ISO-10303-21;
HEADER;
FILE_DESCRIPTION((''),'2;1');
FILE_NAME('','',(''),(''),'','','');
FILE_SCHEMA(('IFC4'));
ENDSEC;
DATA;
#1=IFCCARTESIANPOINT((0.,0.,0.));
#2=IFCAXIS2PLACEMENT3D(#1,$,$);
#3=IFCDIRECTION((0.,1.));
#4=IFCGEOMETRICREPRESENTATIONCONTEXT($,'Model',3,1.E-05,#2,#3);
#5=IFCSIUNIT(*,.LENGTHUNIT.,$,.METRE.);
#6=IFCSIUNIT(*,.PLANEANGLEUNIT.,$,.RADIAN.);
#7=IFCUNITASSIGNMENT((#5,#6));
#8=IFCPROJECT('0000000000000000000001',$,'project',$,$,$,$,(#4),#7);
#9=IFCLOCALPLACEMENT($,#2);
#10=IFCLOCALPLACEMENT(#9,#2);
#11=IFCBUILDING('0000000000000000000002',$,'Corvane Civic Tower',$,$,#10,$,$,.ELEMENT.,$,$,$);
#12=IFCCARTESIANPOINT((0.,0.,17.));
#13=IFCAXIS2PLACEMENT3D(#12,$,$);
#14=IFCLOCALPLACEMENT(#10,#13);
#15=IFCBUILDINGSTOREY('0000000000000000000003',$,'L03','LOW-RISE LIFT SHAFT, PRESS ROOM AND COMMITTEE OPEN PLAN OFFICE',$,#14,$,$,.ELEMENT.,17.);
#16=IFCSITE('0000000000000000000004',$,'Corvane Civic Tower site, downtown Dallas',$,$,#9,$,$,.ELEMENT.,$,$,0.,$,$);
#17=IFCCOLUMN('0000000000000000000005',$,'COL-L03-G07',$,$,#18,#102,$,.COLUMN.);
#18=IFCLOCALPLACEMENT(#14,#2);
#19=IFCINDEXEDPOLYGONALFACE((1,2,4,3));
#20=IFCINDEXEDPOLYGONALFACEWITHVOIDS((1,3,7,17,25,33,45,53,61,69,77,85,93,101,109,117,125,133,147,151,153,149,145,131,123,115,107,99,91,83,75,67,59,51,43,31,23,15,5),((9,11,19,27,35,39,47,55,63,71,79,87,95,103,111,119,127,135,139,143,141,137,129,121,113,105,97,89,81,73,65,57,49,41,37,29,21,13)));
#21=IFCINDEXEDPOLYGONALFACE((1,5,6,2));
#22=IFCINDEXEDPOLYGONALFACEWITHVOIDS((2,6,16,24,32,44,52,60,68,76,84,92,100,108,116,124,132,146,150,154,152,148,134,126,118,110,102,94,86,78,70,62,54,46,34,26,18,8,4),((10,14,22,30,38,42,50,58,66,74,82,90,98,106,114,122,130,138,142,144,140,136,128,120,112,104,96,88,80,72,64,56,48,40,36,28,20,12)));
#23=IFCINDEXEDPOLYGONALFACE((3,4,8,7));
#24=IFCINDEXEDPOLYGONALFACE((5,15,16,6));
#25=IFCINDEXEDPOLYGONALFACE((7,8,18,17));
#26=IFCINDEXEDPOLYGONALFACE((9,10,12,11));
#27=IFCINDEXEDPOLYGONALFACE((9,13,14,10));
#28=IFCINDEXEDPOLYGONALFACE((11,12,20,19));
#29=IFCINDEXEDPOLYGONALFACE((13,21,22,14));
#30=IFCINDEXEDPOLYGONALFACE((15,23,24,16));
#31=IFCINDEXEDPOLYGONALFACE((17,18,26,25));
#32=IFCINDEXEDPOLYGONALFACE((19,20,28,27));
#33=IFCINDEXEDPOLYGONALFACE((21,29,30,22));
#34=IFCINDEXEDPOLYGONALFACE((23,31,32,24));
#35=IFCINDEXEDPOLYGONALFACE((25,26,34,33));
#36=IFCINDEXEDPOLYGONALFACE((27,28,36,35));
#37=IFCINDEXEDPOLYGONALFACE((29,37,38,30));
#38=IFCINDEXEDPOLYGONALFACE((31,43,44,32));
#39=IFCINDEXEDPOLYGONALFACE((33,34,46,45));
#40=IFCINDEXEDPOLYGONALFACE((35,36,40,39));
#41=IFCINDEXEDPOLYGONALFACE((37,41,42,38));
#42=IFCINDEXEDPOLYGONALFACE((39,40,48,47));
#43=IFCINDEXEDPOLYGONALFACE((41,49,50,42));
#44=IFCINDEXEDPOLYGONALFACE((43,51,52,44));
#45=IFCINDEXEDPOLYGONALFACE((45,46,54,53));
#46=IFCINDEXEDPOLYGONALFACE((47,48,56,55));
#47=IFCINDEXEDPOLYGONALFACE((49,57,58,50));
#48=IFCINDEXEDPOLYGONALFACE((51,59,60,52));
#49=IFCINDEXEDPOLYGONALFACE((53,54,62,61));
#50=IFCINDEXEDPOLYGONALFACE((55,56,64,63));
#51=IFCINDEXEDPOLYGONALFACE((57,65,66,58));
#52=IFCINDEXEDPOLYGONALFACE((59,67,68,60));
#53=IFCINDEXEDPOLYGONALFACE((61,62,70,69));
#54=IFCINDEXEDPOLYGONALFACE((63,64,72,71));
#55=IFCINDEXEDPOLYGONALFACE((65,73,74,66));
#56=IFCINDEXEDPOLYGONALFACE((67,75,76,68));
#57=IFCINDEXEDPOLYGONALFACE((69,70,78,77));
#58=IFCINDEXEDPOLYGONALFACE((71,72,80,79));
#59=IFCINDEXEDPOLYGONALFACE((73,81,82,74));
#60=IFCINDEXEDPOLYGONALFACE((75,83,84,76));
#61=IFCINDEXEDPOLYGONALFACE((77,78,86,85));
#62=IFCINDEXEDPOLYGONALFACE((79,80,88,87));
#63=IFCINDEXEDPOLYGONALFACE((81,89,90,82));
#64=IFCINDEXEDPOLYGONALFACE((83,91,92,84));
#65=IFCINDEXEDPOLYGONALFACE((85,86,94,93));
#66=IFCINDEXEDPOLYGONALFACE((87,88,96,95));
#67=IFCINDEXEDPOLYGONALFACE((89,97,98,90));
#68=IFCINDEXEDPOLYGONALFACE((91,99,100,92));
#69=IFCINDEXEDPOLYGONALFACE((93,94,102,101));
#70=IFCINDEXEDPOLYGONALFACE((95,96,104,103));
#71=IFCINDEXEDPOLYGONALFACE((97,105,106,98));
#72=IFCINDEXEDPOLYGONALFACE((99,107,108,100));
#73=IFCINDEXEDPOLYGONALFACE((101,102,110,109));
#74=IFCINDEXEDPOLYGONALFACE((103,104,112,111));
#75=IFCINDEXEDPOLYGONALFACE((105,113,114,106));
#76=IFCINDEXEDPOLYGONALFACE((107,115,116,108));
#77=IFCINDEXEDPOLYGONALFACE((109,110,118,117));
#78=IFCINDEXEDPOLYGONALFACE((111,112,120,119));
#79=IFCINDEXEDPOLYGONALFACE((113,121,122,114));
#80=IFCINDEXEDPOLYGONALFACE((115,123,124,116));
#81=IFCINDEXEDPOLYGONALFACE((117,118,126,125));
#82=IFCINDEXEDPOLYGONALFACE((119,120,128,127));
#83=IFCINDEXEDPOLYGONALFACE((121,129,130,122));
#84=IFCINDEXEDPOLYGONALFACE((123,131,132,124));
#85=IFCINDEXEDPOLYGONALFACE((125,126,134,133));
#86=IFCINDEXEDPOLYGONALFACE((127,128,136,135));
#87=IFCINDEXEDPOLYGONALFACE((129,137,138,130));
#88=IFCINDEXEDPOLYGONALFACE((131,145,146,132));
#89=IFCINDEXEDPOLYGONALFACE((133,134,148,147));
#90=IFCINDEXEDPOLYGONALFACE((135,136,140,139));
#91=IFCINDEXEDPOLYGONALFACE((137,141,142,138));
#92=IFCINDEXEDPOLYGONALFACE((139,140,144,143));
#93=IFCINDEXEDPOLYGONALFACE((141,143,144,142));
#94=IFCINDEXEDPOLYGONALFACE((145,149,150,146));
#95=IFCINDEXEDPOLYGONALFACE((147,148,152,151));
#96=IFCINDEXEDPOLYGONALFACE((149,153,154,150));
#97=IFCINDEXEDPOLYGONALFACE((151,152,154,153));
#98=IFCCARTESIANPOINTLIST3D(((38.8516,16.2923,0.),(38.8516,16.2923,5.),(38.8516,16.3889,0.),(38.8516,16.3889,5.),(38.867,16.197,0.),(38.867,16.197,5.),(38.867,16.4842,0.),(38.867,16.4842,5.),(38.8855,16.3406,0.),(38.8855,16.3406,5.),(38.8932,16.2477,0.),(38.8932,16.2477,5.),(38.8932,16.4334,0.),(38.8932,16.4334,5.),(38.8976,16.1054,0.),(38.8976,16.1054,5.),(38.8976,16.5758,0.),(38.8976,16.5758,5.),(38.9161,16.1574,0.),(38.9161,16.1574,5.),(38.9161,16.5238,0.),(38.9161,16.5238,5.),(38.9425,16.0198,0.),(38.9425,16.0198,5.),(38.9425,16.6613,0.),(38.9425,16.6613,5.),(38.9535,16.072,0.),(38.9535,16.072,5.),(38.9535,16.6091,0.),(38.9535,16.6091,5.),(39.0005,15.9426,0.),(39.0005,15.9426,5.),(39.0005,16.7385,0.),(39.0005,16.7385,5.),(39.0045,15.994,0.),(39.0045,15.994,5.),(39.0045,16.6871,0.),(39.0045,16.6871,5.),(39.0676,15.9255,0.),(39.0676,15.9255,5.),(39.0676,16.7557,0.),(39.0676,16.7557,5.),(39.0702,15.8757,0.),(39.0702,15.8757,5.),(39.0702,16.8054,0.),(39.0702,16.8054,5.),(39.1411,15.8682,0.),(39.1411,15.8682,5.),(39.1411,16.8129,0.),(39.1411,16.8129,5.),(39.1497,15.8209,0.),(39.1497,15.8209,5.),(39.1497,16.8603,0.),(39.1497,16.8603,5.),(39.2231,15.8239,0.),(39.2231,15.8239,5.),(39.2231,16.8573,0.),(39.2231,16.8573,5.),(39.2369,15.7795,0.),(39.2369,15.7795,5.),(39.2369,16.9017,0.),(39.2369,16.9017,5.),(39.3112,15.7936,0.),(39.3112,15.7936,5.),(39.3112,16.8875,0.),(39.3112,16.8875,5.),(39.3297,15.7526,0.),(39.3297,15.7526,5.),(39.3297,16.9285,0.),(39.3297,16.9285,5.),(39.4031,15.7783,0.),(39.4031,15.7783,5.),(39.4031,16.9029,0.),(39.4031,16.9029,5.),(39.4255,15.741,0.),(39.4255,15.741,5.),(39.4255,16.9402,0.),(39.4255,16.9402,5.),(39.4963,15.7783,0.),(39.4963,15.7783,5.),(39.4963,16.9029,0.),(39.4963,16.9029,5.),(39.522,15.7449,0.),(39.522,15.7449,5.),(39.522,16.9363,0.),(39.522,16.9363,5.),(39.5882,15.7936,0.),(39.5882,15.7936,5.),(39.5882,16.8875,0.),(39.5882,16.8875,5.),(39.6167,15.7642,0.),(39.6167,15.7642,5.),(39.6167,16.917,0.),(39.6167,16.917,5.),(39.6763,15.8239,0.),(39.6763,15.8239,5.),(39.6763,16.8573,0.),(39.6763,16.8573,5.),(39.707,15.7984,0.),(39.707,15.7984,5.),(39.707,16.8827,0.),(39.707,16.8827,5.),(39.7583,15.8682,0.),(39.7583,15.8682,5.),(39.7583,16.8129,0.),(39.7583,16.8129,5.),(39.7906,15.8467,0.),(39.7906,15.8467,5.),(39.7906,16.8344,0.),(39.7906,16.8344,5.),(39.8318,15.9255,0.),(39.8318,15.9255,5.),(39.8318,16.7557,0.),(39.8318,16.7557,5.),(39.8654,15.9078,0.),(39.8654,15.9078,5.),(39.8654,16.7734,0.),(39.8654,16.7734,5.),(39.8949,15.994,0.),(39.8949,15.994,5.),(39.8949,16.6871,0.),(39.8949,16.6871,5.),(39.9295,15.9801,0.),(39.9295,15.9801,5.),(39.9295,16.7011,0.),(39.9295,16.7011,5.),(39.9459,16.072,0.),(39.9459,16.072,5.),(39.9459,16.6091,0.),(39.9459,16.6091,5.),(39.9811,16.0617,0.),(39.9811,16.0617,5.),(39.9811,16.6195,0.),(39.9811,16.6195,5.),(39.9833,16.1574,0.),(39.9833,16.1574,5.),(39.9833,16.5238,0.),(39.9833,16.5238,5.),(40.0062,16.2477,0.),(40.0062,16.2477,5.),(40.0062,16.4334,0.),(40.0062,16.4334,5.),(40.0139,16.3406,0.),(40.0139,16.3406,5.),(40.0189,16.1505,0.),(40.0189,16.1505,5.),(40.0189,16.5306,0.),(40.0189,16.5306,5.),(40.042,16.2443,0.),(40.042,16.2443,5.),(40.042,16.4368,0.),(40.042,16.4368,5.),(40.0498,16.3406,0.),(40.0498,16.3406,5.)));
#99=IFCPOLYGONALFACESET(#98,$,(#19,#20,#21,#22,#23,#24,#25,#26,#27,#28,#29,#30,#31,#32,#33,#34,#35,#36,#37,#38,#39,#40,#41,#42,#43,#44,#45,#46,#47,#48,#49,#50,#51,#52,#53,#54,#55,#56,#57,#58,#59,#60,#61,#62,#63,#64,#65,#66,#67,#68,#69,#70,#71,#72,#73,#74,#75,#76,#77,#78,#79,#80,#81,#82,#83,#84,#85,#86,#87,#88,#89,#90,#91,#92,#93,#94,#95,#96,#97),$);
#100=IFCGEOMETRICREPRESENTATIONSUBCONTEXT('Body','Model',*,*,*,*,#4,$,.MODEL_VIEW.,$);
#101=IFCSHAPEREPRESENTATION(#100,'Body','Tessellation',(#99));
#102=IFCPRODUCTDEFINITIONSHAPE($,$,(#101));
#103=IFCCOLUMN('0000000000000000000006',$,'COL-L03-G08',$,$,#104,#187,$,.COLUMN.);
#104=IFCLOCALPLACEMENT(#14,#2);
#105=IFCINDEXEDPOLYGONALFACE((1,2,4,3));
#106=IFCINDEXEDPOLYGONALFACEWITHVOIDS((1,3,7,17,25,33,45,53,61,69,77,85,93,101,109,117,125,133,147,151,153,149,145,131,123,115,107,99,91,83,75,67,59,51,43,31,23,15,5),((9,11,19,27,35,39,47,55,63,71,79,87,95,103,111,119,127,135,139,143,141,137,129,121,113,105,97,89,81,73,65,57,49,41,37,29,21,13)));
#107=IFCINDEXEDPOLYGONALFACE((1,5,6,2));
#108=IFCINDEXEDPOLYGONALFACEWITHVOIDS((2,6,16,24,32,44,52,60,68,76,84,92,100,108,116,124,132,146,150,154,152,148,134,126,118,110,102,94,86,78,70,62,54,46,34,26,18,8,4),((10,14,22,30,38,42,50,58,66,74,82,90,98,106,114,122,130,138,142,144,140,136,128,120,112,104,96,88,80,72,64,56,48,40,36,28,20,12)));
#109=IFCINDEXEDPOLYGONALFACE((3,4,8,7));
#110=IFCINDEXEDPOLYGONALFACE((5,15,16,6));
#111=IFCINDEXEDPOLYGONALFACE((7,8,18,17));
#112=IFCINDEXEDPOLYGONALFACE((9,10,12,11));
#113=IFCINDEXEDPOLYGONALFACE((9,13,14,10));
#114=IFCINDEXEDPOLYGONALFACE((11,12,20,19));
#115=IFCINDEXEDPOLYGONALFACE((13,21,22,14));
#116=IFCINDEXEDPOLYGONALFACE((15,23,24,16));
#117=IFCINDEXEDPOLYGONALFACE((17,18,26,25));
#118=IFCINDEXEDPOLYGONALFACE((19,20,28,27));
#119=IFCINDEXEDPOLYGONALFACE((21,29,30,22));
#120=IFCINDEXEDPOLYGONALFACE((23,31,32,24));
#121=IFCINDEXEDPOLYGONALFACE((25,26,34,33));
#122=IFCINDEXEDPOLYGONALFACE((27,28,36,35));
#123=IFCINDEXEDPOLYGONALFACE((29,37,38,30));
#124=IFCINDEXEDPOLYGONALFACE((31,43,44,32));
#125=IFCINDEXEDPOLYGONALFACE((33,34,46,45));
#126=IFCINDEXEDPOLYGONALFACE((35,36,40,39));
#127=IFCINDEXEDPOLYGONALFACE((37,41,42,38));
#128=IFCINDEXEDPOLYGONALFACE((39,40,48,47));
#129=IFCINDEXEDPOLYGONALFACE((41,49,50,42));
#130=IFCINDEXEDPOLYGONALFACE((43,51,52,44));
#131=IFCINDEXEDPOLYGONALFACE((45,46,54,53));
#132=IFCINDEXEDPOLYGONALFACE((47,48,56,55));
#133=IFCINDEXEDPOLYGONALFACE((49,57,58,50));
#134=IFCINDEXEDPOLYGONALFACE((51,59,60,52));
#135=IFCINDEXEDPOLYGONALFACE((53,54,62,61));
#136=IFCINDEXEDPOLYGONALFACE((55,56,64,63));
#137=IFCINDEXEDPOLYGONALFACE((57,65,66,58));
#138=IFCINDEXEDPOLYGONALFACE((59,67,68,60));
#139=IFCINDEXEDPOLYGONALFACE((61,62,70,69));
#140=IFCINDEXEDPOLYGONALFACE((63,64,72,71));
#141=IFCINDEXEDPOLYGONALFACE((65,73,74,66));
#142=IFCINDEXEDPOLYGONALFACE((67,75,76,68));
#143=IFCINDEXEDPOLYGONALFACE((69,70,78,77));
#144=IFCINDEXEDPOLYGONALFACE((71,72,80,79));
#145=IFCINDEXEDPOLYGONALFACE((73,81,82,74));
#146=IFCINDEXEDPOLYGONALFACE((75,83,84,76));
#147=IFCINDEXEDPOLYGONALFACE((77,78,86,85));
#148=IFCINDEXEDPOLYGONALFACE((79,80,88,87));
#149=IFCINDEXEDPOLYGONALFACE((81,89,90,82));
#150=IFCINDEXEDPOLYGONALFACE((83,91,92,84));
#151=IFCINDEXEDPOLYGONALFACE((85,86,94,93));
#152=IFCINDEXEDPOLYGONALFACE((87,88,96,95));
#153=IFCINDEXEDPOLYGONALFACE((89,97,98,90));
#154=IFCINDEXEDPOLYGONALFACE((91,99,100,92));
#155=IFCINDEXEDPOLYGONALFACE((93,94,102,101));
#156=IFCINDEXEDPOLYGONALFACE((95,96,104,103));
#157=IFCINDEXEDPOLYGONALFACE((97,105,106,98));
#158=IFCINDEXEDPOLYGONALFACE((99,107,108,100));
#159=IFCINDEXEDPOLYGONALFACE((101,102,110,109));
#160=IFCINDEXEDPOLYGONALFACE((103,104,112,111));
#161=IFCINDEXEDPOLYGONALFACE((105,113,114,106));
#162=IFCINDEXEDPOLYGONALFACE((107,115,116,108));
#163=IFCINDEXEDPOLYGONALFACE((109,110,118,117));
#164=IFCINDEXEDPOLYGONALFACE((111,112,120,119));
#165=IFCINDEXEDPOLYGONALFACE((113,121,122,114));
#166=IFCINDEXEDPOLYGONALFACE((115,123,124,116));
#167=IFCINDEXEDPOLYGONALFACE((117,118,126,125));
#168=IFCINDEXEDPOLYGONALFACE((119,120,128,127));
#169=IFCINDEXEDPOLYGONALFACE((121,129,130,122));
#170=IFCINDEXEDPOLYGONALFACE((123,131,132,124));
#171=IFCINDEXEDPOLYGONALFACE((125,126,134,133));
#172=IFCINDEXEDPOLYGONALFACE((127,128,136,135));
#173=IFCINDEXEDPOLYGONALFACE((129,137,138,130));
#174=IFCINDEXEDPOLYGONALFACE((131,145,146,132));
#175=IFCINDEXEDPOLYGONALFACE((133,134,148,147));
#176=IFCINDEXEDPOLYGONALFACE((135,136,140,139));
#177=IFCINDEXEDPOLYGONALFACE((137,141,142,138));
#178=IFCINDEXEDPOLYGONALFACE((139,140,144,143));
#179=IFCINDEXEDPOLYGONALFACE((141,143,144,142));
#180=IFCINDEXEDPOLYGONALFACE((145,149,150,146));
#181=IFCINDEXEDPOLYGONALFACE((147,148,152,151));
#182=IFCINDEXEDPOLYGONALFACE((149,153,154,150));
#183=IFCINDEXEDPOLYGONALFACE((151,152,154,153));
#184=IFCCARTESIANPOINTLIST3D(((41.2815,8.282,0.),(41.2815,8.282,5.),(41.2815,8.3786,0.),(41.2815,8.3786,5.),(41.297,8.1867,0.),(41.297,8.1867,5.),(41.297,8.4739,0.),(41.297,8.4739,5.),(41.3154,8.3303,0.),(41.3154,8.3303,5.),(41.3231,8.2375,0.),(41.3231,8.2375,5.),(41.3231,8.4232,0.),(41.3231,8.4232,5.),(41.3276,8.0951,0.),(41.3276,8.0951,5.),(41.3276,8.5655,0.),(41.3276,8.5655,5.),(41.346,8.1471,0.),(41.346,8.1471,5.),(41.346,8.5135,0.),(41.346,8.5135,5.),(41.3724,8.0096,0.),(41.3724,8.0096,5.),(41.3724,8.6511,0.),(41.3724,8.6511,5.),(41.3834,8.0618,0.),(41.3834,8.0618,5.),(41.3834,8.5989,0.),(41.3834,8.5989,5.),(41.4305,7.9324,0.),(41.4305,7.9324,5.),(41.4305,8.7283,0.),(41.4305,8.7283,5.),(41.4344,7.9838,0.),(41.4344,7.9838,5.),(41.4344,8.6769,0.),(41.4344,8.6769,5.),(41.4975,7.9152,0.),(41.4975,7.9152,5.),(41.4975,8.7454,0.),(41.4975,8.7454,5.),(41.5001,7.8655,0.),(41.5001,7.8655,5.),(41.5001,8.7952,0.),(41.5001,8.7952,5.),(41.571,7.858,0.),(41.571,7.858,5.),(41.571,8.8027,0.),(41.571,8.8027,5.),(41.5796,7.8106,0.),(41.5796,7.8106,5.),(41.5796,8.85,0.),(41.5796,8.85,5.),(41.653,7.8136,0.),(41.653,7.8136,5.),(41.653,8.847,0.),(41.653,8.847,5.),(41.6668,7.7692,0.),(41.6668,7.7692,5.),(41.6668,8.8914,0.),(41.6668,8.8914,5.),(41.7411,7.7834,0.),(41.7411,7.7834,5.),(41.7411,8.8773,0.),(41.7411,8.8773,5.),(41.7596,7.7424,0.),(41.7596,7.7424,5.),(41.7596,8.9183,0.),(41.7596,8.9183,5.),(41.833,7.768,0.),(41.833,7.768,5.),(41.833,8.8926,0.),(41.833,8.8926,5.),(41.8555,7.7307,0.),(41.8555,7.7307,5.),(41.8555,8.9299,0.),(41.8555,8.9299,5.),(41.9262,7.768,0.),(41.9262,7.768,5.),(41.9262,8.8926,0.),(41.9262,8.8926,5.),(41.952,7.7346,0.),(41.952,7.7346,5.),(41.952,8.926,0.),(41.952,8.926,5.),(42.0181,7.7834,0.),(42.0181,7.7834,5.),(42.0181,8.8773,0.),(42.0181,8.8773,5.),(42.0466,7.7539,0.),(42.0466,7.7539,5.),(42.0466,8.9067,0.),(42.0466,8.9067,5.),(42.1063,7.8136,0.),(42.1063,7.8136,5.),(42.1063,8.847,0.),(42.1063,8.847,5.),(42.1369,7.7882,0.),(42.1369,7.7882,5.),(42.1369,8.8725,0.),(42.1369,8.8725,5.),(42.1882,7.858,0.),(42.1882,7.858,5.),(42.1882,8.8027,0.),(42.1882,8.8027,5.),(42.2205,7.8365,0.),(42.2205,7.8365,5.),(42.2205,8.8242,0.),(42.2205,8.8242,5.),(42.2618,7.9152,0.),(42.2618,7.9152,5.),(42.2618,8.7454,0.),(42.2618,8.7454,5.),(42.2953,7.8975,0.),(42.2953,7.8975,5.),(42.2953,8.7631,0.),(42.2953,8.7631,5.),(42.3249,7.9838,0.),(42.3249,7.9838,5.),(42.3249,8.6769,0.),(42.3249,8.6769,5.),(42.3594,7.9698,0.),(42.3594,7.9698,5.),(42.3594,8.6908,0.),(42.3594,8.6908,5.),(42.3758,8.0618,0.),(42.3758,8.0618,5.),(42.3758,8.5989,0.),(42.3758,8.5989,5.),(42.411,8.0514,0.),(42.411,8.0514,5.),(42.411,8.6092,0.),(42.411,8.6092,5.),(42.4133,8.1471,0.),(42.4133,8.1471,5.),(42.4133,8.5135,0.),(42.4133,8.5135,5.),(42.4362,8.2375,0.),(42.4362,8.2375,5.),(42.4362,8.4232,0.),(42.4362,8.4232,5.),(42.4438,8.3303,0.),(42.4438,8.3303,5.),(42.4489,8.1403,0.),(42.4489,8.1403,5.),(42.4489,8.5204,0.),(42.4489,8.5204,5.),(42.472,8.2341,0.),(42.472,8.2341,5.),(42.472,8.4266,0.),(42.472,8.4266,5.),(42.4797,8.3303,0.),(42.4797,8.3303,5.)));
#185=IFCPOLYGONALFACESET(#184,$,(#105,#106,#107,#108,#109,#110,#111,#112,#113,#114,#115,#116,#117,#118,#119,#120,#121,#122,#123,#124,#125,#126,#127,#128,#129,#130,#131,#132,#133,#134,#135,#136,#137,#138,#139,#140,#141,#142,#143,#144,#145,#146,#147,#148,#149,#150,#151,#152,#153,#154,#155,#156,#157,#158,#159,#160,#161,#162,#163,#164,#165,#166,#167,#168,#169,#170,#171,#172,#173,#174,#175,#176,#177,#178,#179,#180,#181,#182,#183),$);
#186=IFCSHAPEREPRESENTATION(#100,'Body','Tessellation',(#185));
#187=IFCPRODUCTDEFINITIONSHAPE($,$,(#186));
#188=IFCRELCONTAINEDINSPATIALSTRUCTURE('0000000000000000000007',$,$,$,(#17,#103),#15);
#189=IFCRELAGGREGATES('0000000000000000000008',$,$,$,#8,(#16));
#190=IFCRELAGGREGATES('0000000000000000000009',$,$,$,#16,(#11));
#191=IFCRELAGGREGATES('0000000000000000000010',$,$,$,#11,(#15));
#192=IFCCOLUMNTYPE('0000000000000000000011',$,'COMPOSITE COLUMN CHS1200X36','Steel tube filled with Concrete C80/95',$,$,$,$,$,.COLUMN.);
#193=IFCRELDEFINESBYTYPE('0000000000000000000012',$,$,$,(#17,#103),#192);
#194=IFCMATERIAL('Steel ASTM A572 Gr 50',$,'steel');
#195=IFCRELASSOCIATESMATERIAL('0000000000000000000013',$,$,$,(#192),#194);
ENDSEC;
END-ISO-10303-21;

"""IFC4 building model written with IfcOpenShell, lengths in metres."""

from ifc_helpers import new_model, si_unit, direction, frame, origin, origin_2d, place, context, subcontext, project, spatial, hollow_circle, extrude, material, material_profile, profile_set, type_object, element, save


model = new_model("IFC4")

# Units and contexts
model_context = context("Model", 3, precision=1e-05, world=origin(), true_north=direction((0.0, 1.0)))
body_context = subcontext(model_context, "Body", "Model", "MODEL_VIEW")
ifc_project = project(units=[si_unit("LENGTHUNIT", "METRE"), si_unit("PLANEANGLEUNIT", "RADIAN")], contexts=[model_context])

# Site, building, storey
site_placement = place(None, origin())
site = spatial("IfcSite", under=ifc_project, at=site_placement, Name="Corvane Civic Tower site, downtown Dallas", CompositionType="ELEMENT", RefElevation=0.0)
building_placement = place(site_placement, origin())
building = spatial("IfcBuilding", under=site, at=building_placement, Name="Corvane Civic Tower", CompositionType="ELEMENT")
storey_placement = place(building_placement, frame((0.0, 0.0, 17.0)))
storey = spatial("IfcBuildingStorey", under=building, at=storey_placement, Name="L03", Description="LOW-RISE LIFT SHAFT, PRESS ROOM AND COMMITTEE OPEN PLAN OFFICE", CompositionType="ELEMENT", Elevation=17.0)

# Columns
ifc_material_1 = material(Name="Steel ASTM A572 Gr 50", Category="steel")
ifc_material_profile_1 = material_profile(ifc_material_1, hollow_circle(Radius=0.6001, WallThickness=0.0359, at=origin_2d()), Name="CHS1200X36")
ifc_profile_set_1 = profile_set([ifc_material_profile_1], Name="Steel ASTM A572 Gr 50")
column_type_1 = type_object("IfcColumnType", Name="COMPOSITE COLUMN CHS1200X36", Description="Steel tube filled with Concrete C80/95", PredefinedType="COLUMN", material=ifc_profile_set_1)
for number, where, z_axis, x_axis, name in (
    (1, (39.4497, 16.3406, 0.0), (0.0, 0.0, 1.0), (1.0, 0.0, 0.0), "COL-L03-G07"),
    (2, (41.8796, 8.3303, 0.0), (0.0, 0.0, 1.0), (1.0, 0.0, 0.0), "COL-L03-G08"),
):
    element("IfcColumn", number, at=place(storey_placement, frame(where, z_axis=z_axis, x_axis=x_axis)), inside=storey, type_object=column_type_1, Name=name, PredefinedType="COLUMN", context=body_context, shape_type="SweptSolid", body=[
        extrude(hollow_circle(Radius=0.6001, WallThickness=0.0359, at=origin_2d()), origin(), (0.0, 0.0, 1.0), 5.0),
    ])

save(model, "model.ifc")
